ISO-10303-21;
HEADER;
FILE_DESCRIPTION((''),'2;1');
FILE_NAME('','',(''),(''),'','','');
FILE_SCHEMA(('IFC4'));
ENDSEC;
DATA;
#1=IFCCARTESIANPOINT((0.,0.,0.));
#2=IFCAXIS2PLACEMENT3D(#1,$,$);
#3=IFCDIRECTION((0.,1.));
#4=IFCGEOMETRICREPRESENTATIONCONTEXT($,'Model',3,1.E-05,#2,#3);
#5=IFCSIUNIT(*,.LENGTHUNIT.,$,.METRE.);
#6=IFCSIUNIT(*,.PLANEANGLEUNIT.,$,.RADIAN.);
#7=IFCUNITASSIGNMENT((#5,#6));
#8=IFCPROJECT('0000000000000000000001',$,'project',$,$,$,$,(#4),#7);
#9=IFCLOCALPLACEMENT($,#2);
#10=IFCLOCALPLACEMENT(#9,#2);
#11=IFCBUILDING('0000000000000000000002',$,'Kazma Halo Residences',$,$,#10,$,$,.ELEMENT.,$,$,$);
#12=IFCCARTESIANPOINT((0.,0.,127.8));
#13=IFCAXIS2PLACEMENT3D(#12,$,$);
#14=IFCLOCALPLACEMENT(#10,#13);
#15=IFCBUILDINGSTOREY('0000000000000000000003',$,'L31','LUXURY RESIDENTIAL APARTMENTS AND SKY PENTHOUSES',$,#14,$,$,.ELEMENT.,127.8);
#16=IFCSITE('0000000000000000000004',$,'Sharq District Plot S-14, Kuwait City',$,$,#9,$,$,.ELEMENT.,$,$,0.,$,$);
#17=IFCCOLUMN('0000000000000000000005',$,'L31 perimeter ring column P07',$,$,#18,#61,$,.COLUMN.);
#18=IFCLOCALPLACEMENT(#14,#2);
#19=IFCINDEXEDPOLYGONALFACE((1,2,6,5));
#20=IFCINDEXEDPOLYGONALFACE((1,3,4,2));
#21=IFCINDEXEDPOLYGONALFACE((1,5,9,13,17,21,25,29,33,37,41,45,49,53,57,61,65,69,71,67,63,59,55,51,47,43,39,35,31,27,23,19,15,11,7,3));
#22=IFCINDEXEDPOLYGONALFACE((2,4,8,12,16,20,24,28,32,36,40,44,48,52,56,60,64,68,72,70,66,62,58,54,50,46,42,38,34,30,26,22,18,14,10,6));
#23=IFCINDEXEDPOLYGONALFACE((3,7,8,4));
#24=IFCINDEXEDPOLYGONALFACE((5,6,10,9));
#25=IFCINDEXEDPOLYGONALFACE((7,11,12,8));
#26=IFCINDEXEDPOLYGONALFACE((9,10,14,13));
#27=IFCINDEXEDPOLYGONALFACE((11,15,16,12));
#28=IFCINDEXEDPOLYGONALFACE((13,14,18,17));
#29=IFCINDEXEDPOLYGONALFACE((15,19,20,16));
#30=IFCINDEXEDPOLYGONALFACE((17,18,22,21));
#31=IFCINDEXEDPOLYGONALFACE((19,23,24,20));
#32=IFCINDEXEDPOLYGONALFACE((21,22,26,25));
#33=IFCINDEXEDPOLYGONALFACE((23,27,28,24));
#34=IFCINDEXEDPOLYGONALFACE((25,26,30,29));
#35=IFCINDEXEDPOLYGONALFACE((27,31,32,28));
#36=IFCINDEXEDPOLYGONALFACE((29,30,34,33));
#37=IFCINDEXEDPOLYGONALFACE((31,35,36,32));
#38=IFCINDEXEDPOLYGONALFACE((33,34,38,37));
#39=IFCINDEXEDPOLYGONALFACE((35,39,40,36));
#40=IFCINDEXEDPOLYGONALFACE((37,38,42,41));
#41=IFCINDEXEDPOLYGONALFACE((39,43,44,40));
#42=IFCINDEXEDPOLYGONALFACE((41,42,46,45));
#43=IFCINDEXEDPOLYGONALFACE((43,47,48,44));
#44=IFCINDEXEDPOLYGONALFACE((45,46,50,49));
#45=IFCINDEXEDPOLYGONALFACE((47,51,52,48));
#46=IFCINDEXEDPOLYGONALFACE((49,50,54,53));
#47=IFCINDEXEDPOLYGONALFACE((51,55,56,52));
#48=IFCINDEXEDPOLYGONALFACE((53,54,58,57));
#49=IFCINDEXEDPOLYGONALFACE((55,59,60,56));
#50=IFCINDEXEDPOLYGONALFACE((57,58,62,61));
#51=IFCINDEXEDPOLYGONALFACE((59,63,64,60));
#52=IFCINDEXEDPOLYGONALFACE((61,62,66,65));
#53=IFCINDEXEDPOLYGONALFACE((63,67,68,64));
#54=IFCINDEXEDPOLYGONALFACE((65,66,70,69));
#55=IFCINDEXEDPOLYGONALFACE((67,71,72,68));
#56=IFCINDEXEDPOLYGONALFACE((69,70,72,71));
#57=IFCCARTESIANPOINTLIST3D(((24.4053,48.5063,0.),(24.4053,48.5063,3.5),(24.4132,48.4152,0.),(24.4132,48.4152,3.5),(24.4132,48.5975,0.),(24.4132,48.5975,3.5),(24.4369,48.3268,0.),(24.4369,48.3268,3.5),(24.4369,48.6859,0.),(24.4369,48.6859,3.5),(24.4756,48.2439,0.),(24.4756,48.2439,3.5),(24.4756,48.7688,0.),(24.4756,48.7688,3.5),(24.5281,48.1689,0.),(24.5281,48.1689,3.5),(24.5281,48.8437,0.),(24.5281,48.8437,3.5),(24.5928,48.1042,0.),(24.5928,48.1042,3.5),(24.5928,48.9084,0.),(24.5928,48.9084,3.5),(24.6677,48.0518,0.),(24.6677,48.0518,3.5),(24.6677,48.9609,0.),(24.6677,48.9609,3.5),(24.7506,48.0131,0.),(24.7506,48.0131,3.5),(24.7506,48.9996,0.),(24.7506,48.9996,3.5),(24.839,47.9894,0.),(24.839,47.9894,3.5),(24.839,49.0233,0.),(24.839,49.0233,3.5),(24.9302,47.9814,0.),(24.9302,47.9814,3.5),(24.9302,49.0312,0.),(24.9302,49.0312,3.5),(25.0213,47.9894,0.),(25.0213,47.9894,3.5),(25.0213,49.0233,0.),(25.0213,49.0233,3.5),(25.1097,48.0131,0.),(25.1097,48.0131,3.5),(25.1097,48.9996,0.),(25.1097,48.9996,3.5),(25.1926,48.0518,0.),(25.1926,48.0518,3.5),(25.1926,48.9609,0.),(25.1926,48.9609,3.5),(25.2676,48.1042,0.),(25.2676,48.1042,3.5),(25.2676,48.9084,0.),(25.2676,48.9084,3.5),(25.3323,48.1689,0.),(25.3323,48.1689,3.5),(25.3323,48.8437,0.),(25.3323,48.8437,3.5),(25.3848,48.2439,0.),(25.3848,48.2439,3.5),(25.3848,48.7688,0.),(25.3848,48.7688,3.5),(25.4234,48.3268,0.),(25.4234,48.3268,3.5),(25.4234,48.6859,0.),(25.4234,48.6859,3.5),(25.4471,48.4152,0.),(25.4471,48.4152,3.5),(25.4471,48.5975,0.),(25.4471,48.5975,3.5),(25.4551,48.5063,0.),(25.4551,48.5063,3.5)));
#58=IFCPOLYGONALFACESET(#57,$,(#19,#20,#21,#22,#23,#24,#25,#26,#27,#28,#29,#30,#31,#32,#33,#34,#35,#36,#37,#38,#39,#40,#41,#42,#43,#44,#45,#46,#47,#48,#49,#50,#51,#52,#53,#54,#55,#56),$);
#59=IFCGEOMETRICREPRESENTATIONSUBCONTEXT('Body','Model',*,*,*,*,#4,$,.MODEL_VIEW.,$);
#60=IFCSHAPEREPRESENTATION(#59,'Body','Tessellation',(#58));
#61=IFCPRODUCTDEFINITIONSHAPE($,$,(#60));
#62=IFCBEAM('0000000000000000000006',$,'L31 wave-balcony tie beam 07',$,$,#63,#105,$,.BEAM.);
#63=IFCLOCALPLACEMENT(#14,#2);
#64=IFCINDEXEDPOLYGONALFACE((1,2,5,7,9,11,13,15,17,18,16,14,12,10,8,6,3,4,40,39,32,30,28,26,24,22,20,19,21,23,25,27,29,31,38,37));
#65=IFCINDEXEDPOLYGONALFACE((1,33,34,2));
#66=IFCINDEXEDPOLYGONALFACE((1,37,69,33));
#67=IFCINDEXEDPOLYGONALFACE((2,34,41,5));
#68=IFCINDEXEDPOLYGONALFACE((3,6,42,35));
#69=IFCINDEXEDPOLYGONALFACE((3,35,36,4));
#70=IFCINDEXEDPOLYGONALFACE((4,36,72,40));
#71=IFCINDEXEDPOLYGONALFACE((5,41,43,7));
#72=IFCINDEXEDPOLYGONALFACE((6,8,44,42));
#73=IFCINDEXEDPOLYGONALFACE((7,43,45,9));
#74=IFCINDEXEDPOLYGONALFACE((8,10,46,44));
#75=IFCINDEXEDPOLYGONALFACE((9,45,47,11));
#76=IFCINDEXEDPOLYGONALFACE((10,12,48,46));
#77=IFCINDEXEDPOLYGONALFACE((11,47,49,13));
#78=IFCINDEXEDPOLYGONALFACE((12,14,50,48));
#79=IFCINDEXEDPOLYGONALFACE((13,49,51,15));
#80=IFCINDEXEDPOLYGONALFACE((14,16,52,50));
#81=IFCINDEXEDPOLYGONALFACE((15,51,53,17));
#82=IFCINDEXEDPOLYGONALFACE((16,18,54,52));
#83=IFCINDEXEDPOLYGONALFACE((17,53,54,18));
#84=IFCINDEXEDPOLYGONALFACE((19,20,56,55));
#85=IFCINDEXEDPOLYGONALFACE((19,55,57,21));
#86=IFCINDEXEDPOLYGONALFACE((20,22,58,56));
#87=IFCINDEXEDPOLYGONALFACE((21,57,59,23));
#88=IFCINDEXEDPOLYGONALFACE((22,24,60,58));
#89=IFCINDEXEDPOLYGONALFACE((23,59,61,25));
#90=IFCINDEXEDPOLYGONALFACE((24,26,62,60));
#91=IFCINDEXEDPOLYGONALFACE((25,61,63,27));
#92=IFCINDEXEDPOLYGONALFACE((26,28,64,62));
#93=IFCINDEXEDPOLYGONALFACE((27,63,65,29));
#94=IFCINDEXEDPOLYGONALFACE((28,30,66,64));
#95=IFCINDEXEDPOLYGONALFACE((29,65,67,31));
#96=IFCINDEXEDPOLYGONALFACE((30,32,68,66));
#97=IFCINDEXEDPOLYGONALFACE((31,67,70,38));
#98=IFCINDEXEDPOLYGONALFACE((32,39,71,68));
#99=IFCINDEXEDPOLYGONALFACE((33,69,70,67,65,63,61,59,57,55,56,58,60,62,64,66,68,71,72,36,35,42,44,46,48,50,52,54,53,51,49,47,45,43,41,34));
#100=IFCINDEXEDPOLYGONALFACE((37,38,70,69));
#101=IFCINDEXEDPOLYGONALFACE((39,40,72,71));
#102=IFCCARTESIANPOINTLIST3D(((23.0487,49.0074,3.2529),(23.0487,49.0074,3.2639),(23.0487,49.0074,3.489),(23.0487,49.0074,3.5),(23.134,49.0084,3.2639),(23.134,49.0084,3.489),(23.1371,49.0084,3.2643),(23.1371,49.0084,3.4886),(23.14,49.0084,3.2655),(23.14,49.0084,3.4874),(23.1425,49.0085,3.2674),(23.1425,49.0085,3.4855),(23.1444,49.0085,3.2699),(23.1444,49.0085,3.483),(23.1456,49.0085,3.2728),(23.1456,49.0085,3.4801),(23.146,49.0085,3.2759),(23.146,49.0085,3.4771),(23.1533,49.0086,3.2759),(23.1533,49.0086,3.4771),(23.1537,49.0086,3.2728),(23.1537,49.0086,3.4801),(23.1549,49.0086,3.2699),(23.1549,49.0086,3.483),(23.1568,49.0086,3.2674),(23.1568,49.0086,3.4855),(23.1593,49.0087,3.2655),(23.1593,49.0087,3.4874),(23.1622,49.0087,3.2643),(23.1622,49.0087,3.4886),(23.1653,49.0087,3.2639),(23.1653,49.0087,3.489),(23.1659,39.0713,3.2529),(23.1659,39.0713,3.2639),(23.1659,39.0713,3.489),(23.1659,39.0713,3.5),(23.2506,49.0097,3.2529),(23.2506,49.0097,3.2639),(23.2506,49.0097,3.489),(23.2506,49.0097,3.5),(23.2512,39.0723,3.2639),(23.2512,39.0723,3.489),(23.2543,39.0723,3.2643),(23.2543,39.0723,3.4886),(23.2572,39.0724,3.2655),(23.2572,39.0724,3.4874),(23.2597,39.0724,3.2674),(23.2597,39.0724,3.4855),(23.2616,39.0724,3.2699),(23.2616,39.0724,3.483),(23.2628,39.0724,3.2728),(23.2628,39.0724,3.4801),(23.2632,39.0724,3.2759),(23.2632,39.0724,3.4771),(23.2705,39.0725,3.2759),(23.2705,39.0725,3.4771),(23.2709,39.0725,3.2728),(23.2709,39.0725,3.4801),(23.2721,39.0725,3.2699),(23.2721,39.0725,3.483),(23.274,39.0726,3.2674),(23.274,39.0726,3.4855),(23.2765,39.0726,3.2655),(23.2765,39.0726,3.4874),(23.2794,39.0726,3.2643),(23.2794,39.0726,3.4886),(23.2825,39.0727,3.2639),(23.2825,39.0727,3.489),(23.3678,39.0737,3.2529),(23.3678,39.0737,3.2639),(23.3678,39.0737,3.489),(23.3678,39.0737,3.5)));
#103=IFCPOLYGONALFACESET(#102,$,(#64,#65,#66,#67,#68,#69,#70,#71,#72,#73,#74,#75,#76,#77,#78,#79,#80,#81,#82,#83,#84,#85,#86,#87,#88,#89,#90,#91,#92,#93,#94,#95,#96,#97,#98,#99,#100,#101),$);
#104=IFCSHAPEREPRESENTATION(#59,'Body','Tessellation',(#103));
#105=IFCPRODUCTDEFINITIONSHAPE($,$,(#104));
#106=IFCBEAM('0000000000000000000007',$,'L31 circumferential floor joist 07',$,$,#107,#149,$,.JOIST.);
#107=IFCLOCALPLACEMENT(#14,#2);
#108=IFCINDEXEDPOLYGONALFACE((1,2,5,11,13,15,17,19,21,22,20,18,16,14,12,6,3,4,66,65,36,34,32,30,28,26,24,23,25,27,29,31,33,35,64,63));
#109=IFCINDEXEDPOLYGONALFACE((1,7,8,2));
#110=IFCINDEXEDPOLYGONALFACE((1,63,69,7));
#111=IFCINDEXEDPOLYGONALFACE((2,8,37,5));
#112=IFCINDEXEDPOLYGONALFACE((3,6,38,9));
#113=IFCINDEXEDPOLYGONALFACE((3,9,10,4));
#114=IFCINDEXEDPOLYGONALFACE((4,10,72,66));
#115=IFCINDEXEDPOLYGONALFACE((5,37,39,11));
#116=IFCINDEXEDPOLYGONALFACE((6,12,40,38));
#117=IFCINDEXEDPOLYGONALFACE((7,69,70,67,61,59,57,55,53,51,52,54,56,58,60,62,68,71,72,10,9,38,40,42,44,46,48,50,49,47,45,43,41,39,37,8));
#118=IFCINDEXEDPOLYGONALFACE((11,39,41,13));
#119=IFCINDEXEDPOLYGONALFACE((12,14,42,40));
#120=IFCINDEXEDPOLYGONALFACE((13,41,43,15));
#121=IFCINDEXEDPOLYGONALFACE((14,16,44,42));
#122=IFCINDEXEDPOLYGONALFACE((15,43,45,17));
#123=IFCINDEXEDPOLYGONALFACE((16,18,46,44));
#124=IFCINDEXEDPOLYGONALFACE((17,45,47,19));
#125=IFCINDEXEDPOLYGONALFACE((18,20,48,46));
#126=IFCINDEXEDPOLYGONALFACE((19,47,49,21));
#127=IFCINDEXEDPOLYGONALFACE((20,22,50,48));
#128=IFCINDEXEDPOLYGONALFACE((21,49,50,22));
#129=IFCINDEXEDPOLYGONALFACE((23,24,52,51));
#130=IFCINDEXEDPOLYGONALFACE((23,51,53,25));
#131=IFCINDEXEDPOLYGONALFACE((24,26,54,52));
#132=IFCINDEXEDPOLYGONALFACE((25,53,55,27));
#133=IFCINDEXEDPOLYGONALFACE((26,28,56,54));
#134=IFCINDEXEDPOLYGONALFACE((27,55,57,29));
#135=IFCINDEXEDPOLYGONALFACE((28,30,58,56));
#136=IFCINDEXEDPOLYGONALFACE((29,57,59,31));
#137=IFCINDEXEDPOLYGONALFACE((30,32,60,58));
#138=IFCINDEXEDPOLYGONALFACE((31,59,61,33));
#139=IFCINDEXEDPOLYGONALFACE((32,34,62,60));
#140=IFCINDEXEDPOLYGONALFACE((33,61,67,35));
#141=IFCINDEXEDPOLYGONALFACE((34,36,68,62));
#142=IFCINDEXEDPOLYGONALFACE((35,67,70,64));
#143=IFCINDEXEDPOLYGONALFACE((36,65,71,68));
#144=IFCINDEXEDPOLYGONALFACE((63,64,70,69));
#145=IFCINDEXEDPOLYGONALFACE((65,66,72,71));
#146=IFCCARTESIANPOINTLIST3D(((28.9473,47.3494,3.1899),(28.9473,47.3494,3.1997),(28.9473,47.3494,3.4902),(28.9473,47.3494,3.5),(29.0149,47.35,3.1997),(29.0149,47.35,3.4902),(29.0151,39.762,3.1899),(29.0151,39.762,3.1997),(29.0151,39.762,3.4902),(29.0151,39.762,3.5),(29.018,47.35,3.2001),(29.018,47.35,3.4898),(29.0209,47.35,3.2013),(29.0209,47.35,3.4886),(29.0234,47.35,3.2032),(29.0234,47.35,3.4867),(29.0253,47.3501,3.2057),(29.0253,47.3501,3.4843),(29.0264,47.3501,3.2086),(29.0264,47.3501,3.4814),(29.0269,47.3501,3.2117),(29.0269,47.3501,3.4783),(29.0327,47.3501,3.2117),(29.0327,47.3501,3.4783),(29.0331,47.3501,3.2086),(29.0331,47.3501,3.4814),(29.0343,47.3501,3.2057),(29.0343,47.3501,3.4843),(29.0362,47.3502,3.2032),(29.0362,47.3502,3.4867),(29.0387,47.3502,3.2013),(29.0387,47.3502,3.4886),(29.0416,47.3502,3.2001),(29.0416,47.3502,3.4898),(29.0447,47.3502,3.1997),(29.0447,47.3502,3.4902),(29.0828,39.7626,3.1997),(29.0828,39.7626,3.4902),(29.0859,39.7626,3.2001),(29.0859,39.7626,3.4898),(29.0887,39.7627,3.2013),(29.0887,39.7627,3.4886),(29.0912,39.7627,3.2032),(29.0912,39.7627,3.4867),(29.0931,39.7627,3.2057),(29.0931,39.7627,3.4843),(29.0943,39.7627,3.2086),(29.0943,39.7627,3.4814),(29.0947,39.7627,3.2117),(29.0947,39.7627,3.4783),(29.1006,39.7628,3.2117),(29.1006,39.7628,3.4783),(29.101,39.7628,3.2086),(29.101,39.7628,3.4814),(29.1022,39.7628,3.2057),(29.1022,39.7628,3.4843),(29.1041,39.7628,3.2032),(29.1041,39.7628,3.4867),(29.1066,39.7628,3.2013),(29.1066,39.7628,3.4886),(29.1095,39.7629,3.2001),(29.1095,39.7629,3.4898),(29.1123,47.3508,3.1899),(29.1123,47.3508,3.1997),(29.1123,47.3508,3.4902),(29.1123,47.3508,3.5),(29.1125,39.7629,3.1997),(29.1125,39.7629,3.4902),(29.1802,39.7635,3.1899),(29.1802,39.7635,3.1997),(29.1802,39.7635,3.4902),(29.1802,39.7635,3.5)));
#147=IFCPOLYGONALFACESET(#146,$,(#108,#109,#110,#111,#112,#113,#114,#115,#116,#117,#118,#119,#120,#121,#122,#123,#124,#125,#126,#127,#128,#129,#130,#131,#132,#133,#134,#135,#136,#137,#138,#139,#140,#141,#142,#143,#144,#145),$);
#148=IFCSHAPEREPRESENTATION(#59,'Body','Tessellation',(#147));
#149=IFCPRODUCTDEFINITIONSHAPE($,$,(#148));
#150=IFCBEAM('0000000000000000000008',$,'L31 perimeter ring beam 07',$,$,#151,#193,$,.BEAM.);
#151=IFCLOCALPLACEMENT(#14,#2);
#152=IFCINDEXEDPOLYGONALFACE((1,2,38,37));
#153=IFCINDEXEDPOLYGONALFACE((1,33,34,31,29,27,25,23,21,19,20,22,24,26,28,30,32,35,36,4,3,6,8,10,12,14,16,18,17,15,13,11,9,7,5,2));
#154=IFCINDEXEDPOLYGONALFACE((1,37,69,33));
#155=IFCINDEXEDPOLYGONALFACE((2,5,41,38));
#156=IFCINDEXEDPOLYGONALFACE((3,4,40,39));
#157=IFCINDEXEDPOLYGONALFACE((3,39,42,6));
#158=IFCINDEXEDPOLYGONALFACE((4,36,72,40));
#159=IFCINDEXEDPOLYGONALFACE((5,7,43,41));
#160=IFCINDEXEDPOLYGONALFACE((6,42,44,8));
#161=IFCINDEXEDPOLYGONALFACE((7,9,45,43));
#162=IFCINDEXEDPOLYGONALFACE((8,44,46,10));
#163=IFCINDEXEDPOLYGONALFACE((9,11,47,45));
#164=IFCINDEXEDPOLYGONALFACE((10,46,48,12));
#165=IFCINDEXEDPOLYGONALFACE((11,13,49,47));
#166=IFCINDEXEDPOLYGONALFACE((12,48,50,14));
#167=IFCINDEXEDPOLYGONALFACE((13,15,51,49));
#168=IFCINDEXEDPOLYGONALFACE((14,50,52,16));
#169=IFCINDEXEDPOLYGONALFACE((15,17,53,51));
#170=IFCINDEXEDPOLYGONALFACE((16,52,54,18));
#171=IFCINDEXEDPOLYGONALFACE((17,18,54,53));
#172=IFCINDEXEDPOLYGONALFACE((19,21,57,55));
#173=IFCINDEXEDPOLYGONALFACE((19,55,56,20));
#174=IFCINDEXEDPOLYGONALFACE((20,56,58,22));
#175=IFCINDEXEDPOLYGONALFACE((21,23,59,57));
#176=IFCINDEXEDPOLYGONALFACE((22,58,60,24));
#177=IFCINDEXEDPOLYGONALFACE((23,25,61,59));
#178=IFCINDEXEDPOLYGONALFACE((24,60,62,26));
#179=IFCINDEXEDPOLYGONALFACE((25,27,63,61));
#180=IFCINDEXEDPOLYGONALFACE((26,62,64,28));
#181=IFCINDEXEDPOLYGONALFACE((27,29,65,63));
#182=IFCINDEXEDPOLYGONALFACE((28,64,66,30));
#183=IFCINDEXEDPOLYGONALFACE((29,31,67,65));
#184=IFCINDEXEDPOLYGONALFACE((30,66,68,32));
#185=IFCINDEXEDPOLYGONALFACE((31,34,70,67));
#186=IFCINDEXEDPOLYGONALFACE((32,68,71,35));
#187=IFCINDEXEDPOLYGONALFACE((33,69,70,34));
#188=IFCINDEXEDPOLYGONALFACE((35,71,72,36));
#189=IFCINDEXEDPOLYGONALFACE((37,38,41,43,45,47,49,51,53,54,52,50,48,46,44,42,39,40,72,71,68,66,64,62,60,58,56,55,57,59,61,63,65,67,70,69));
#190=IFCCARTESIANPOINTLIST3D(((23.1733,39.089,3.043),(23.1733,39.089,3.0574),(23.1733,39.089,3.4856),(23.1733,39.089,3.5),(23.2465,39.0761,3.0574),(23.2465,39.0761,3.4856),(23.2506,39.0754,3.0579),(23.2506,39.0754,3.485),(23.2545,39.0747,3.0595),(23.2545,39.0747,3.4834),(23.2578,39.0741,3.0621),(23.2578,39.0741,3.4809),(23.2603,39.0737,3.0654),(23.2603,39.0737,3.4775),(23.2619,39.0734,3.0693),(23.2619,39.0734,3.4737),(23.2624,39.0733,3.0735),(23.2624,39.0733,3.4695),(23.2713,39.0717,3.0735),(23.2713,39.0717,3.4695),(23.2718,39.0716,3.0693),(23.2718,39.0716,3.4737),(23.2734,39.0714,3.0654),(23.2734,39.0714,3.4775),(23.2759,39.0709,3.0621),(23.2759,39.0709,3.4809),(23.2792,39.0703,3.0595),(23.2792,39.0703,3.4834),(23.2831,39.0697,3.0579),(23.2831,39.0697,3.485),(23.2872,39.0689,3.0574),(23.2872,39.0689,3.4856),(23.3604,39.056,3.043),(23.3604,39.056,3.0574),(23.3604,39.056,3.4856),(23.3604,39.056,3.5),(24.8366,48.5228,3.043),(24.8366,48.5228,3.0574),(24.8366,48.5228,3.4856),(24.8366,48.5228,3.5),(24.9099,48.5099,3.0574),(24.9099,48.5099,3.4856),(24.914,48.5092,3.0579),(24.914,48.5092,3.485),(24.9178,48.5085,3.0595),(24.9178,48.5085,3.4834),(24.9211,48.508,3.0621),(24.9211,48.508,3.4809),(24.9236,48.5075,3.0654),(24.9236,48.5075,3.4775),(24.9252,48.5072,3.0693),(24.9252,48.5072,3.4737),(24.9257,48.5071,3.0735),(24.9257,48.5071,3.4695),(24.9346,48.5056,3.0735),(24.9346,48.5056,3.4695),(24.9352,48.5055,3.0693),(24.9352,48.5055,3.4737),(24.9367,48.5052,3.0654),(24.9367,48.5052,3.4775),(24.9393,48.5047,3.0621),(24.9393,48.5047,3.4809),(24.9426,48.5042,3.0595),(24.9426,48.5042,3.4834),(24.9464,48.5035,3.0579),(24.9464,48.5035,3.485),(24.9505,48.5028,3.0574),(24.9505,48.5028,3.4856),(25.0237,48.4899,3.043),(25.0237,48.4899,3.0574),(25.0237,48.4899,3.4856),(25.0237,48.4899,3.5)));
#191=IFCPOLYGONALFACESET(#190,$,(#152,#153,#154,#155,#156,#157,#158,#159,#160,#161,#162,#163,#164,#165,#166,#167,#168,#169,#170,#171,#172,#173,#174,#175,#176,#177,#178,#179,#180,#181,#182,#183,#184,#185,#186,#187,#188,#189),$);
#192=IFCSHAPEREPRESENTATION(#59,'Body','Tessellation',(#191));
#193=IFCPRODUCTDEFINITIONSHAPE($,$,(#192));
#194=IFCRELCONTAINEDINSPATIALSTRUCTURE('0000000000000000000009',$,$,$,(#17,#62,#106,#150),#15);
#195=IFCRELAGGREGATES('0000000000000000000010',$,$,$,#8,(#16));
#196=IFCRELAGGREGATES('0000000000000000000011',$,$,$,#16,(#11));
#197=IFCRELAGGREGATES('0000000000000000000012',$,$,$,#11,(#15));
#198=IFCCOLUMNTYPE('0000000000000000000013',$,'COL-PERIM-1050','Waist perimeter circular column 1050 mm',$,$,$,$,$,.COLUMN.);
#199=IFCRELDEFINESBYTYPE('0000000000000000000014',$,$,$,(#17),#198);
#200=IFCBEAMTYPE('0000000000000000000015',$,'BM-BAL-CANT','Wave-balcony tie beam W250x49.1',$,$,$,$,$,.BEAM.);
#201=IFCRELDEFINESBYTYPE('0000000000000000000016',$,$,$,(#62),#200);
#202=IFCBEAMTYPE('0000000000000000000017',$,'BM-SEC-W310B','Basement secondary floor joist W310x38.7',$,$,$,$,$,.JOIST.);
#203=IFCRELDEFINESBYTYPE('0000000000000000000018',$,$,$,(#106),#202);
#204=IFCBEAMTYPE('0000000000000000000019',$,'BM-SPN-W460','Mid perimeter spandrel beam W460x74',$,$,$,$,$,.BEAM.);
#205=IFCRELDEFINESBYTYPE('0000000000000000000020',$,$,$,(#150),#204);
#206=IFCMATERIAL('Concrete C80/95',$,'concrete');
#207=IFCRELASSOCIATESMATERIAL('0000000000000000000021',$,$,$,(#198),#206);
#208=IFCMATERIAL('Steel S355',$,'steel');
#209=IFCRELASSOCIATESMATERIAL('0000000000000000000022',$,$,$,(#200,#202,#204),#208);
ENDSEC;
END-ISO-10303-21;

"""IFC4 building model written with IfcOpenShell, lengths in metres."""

from ifc_helpers import new_model, si_unit, direction, frame, origin, origin_2d, place, context, subcontext, project, spatial, circle, i_section, extrude, material, material_profile, profile_set, type_object, element, save


model = new_model("IFC4")

# Units and contexts
model_context = context("Model", 3, precision=1e-05, world=origin(), true_north=direction((0.0, 1.0)))
body_context = subcontext(model_context, "Body", "Model", "MODEL_VIEW")
ifc_project = project(units=[si_unit("LENGTHUNIT", "METRE"), si_unit("PLANEANGLEUNIT", "RADIAN")], contexts=[model_context])

# Site, building, storey
site_placement = place(None, origin())
site = spatial("IfcSite", under=ifc_project, at=site_placement, Name="Sharq District Plot S-14, Kuwait City", CompositionType="ELEMENT", RefElevation=0.0)
building_placement = place(site_placement, origin())
building = spatial("IfcBuilding", under=site, at=building_placement, Name="Kazma Halo Residences", CompositionType="ELEMENT")
storey_placement = place(building_placement, frame((0.0, 0.0, 127.8)))
storey = spatial("IfcBuildingStorey", under=building, at=storey_placement, Name="L31", Description="LUXURY RESIDENTIAL APARTMENTS AND SKY PENTHOUSES", CompositionType="ELEMENT", Elevation=127.8)

# Column
ifc_material_1 = material(Name="Concrete C80/95", Category="concrete")
ifc_material_profile_1 = material_profile(ifc_material_1, circle(Radius=0.5249, at=origin_2d()), Name="CIRC1050")
ifc_profile_set_1 = profile_set([ifc_material_profile_1], Name="Concrete C80/95")
column_type = type_object("IfcColumnType", Name="COL-PERIM-1050", Description="Waist perimeter circular column 1050 mm", PredefinedType="COLUMN", material=ifc_profile_set_1)
column_placement = place(storey_placement, frame((24.9302, 48.5063, 0.0), z_axis=(0.0, 0.0, 1.0), x_axis=(1.0, 0.0, 0.0)))
element("IfcColumn", 1, at=column_placement, inside=storey, type_object=column_type, Name="L31 perimeter ring column P07", PredefinedType="COLUMN", context=body_context, shape_type="SweptSolid", body=[
    extrude(circle(Radius=0.5249, at=origin_2d()), origin(), (0.0, 0.0, 1.0), 3.5),
])

# Beams
ifc_material_2 = material(Name="Steel S355", Category="steel")
ifc_material_profile_2 = material_profile(ifc_material_2, i_section(OverallWidth=0.2019, OverallDepth=0.2471, WebThickness=0.0073, FlangeThickness=0.011, FilletRadius=0.012, at=origin_2d()), Name="W250x49.1")
ifc_profile_set_2 = profile_set([ifc_material_profile_2], Name="Steel S355")
beam_type_1 = type_object("IfcBeamType", Name="BM-BAL-CANT", Description="Wave-balcony tie beam W250x49.1", PredefinedType="BEAM", material=ifc_profile_set_2)
beam_1_placement = place(storey_placement, frame((23.1497, 49.0085, 3.3765), z_axis=(0.011793, -0.99993, 0.0), x_axis=(0.99993, 0.011793, 0.0)))
element("IfcBeam", 2, at=beam_1_placement, inside=storey, type_object=beam_type_1, Name="L31 wave-balcony tie beam 07", PredefinedType="BEAM", context=body_context, shape_type="SweptSolid", body=[
    extrude(i_section(OverallWidth=0.2019, OverallDepth=0.2471, WebThickness=0.0073, FlangeThickness=0.011, FilletRadius=0.012, at=origin_2d()), origin(), (0.0, 0.0, 1.0), 9.9368),
])
ifc_material_profile_3 = material_profile(ifc_material_2, i_section(OverallWidth=0.165, OverallDepth=0.3101, WebThickness=0.0059, FlangeThickness=0.0098, FilletRadius=0.012, at=origin_2d()), Name="W310x38.7")
ifc_profile_set_3 = profile_set([ifc_material_profile_3], Name="Steel S355")
beam_type_2 = type_object("IfcBeamType", Name="BM-SEC-W310B", Description="Basement secondary floor joist W310x38.7", PredefinedType="JOIST", material=ifc_profile_set_3)
beam_2_placement = place(storey_placement, frame((29.0298, 47.3501, 3.345), z_axis=(0.008945, -0.99996, 0.0), x_axis=(0.99996, 0.008945, 0.0)))
element("IfcBeam", 3, at=beam_2_placement, inside=storey, type_object=beam_type_2, Name="L31 circumferential floor joist 07", PredefinedType="JOIST", context=body_context, shape_type="SweptSolid", body=[
    extrude(i_section(OverallWidth=0.165, OverallDepth=0.3101, WebThickness=0.0059, FlangeThickness=0.0098, FilletRadius=0.012, at=origin_2d()), origin(), (0.0, 0.0, 1.0), 7.5876),
])
ifc_material_profile_4 = material_profile(ifc_material_2, i_section(OverallWidth=0.1899, OverallDepth=0.457, WebThickness=0.009, FlangeThickness=0.0144, FilletRadius=0.0161, at=origin_2d()), Name="W460x74")
ifc_profile_set_4 = profile_set([ifc_material_profile_4], Name="Steel S355")
beam_type_3 = type_object("IfcBeamType", Name="BM-SPN-W460", Description="Mid perimeter spandrel beam W460x74", PredefinedType="BEAM", material=ifc_profile_set_4)
beam_3_placement = place(storey_placement, frame((24.9302, 48.5063, 3.2715), z_axis=(-0.173637, -0.98481, 0.0), x_axis=(0.98481, -0.173637, 0.0)))
element("IfcBeam", 4, at=beam_3_placement, inside=storey, type_object=beam_type_3, Name="L31 perimeter ring beam 07", PredefinedType="BEAM", context=body_context, shape_type="SweptSolid", body=[
    extrude(i_section(OverallWidth=0.1899, OverallDepth=0.457, WebThickness=0.009, FlangeThickness=0.0144, FilletRadius=0.0161, at=origin_2d()), origin(), (0.0, 0.0, 1.0), 9.5793),
])

save(model, "model.ifc")
